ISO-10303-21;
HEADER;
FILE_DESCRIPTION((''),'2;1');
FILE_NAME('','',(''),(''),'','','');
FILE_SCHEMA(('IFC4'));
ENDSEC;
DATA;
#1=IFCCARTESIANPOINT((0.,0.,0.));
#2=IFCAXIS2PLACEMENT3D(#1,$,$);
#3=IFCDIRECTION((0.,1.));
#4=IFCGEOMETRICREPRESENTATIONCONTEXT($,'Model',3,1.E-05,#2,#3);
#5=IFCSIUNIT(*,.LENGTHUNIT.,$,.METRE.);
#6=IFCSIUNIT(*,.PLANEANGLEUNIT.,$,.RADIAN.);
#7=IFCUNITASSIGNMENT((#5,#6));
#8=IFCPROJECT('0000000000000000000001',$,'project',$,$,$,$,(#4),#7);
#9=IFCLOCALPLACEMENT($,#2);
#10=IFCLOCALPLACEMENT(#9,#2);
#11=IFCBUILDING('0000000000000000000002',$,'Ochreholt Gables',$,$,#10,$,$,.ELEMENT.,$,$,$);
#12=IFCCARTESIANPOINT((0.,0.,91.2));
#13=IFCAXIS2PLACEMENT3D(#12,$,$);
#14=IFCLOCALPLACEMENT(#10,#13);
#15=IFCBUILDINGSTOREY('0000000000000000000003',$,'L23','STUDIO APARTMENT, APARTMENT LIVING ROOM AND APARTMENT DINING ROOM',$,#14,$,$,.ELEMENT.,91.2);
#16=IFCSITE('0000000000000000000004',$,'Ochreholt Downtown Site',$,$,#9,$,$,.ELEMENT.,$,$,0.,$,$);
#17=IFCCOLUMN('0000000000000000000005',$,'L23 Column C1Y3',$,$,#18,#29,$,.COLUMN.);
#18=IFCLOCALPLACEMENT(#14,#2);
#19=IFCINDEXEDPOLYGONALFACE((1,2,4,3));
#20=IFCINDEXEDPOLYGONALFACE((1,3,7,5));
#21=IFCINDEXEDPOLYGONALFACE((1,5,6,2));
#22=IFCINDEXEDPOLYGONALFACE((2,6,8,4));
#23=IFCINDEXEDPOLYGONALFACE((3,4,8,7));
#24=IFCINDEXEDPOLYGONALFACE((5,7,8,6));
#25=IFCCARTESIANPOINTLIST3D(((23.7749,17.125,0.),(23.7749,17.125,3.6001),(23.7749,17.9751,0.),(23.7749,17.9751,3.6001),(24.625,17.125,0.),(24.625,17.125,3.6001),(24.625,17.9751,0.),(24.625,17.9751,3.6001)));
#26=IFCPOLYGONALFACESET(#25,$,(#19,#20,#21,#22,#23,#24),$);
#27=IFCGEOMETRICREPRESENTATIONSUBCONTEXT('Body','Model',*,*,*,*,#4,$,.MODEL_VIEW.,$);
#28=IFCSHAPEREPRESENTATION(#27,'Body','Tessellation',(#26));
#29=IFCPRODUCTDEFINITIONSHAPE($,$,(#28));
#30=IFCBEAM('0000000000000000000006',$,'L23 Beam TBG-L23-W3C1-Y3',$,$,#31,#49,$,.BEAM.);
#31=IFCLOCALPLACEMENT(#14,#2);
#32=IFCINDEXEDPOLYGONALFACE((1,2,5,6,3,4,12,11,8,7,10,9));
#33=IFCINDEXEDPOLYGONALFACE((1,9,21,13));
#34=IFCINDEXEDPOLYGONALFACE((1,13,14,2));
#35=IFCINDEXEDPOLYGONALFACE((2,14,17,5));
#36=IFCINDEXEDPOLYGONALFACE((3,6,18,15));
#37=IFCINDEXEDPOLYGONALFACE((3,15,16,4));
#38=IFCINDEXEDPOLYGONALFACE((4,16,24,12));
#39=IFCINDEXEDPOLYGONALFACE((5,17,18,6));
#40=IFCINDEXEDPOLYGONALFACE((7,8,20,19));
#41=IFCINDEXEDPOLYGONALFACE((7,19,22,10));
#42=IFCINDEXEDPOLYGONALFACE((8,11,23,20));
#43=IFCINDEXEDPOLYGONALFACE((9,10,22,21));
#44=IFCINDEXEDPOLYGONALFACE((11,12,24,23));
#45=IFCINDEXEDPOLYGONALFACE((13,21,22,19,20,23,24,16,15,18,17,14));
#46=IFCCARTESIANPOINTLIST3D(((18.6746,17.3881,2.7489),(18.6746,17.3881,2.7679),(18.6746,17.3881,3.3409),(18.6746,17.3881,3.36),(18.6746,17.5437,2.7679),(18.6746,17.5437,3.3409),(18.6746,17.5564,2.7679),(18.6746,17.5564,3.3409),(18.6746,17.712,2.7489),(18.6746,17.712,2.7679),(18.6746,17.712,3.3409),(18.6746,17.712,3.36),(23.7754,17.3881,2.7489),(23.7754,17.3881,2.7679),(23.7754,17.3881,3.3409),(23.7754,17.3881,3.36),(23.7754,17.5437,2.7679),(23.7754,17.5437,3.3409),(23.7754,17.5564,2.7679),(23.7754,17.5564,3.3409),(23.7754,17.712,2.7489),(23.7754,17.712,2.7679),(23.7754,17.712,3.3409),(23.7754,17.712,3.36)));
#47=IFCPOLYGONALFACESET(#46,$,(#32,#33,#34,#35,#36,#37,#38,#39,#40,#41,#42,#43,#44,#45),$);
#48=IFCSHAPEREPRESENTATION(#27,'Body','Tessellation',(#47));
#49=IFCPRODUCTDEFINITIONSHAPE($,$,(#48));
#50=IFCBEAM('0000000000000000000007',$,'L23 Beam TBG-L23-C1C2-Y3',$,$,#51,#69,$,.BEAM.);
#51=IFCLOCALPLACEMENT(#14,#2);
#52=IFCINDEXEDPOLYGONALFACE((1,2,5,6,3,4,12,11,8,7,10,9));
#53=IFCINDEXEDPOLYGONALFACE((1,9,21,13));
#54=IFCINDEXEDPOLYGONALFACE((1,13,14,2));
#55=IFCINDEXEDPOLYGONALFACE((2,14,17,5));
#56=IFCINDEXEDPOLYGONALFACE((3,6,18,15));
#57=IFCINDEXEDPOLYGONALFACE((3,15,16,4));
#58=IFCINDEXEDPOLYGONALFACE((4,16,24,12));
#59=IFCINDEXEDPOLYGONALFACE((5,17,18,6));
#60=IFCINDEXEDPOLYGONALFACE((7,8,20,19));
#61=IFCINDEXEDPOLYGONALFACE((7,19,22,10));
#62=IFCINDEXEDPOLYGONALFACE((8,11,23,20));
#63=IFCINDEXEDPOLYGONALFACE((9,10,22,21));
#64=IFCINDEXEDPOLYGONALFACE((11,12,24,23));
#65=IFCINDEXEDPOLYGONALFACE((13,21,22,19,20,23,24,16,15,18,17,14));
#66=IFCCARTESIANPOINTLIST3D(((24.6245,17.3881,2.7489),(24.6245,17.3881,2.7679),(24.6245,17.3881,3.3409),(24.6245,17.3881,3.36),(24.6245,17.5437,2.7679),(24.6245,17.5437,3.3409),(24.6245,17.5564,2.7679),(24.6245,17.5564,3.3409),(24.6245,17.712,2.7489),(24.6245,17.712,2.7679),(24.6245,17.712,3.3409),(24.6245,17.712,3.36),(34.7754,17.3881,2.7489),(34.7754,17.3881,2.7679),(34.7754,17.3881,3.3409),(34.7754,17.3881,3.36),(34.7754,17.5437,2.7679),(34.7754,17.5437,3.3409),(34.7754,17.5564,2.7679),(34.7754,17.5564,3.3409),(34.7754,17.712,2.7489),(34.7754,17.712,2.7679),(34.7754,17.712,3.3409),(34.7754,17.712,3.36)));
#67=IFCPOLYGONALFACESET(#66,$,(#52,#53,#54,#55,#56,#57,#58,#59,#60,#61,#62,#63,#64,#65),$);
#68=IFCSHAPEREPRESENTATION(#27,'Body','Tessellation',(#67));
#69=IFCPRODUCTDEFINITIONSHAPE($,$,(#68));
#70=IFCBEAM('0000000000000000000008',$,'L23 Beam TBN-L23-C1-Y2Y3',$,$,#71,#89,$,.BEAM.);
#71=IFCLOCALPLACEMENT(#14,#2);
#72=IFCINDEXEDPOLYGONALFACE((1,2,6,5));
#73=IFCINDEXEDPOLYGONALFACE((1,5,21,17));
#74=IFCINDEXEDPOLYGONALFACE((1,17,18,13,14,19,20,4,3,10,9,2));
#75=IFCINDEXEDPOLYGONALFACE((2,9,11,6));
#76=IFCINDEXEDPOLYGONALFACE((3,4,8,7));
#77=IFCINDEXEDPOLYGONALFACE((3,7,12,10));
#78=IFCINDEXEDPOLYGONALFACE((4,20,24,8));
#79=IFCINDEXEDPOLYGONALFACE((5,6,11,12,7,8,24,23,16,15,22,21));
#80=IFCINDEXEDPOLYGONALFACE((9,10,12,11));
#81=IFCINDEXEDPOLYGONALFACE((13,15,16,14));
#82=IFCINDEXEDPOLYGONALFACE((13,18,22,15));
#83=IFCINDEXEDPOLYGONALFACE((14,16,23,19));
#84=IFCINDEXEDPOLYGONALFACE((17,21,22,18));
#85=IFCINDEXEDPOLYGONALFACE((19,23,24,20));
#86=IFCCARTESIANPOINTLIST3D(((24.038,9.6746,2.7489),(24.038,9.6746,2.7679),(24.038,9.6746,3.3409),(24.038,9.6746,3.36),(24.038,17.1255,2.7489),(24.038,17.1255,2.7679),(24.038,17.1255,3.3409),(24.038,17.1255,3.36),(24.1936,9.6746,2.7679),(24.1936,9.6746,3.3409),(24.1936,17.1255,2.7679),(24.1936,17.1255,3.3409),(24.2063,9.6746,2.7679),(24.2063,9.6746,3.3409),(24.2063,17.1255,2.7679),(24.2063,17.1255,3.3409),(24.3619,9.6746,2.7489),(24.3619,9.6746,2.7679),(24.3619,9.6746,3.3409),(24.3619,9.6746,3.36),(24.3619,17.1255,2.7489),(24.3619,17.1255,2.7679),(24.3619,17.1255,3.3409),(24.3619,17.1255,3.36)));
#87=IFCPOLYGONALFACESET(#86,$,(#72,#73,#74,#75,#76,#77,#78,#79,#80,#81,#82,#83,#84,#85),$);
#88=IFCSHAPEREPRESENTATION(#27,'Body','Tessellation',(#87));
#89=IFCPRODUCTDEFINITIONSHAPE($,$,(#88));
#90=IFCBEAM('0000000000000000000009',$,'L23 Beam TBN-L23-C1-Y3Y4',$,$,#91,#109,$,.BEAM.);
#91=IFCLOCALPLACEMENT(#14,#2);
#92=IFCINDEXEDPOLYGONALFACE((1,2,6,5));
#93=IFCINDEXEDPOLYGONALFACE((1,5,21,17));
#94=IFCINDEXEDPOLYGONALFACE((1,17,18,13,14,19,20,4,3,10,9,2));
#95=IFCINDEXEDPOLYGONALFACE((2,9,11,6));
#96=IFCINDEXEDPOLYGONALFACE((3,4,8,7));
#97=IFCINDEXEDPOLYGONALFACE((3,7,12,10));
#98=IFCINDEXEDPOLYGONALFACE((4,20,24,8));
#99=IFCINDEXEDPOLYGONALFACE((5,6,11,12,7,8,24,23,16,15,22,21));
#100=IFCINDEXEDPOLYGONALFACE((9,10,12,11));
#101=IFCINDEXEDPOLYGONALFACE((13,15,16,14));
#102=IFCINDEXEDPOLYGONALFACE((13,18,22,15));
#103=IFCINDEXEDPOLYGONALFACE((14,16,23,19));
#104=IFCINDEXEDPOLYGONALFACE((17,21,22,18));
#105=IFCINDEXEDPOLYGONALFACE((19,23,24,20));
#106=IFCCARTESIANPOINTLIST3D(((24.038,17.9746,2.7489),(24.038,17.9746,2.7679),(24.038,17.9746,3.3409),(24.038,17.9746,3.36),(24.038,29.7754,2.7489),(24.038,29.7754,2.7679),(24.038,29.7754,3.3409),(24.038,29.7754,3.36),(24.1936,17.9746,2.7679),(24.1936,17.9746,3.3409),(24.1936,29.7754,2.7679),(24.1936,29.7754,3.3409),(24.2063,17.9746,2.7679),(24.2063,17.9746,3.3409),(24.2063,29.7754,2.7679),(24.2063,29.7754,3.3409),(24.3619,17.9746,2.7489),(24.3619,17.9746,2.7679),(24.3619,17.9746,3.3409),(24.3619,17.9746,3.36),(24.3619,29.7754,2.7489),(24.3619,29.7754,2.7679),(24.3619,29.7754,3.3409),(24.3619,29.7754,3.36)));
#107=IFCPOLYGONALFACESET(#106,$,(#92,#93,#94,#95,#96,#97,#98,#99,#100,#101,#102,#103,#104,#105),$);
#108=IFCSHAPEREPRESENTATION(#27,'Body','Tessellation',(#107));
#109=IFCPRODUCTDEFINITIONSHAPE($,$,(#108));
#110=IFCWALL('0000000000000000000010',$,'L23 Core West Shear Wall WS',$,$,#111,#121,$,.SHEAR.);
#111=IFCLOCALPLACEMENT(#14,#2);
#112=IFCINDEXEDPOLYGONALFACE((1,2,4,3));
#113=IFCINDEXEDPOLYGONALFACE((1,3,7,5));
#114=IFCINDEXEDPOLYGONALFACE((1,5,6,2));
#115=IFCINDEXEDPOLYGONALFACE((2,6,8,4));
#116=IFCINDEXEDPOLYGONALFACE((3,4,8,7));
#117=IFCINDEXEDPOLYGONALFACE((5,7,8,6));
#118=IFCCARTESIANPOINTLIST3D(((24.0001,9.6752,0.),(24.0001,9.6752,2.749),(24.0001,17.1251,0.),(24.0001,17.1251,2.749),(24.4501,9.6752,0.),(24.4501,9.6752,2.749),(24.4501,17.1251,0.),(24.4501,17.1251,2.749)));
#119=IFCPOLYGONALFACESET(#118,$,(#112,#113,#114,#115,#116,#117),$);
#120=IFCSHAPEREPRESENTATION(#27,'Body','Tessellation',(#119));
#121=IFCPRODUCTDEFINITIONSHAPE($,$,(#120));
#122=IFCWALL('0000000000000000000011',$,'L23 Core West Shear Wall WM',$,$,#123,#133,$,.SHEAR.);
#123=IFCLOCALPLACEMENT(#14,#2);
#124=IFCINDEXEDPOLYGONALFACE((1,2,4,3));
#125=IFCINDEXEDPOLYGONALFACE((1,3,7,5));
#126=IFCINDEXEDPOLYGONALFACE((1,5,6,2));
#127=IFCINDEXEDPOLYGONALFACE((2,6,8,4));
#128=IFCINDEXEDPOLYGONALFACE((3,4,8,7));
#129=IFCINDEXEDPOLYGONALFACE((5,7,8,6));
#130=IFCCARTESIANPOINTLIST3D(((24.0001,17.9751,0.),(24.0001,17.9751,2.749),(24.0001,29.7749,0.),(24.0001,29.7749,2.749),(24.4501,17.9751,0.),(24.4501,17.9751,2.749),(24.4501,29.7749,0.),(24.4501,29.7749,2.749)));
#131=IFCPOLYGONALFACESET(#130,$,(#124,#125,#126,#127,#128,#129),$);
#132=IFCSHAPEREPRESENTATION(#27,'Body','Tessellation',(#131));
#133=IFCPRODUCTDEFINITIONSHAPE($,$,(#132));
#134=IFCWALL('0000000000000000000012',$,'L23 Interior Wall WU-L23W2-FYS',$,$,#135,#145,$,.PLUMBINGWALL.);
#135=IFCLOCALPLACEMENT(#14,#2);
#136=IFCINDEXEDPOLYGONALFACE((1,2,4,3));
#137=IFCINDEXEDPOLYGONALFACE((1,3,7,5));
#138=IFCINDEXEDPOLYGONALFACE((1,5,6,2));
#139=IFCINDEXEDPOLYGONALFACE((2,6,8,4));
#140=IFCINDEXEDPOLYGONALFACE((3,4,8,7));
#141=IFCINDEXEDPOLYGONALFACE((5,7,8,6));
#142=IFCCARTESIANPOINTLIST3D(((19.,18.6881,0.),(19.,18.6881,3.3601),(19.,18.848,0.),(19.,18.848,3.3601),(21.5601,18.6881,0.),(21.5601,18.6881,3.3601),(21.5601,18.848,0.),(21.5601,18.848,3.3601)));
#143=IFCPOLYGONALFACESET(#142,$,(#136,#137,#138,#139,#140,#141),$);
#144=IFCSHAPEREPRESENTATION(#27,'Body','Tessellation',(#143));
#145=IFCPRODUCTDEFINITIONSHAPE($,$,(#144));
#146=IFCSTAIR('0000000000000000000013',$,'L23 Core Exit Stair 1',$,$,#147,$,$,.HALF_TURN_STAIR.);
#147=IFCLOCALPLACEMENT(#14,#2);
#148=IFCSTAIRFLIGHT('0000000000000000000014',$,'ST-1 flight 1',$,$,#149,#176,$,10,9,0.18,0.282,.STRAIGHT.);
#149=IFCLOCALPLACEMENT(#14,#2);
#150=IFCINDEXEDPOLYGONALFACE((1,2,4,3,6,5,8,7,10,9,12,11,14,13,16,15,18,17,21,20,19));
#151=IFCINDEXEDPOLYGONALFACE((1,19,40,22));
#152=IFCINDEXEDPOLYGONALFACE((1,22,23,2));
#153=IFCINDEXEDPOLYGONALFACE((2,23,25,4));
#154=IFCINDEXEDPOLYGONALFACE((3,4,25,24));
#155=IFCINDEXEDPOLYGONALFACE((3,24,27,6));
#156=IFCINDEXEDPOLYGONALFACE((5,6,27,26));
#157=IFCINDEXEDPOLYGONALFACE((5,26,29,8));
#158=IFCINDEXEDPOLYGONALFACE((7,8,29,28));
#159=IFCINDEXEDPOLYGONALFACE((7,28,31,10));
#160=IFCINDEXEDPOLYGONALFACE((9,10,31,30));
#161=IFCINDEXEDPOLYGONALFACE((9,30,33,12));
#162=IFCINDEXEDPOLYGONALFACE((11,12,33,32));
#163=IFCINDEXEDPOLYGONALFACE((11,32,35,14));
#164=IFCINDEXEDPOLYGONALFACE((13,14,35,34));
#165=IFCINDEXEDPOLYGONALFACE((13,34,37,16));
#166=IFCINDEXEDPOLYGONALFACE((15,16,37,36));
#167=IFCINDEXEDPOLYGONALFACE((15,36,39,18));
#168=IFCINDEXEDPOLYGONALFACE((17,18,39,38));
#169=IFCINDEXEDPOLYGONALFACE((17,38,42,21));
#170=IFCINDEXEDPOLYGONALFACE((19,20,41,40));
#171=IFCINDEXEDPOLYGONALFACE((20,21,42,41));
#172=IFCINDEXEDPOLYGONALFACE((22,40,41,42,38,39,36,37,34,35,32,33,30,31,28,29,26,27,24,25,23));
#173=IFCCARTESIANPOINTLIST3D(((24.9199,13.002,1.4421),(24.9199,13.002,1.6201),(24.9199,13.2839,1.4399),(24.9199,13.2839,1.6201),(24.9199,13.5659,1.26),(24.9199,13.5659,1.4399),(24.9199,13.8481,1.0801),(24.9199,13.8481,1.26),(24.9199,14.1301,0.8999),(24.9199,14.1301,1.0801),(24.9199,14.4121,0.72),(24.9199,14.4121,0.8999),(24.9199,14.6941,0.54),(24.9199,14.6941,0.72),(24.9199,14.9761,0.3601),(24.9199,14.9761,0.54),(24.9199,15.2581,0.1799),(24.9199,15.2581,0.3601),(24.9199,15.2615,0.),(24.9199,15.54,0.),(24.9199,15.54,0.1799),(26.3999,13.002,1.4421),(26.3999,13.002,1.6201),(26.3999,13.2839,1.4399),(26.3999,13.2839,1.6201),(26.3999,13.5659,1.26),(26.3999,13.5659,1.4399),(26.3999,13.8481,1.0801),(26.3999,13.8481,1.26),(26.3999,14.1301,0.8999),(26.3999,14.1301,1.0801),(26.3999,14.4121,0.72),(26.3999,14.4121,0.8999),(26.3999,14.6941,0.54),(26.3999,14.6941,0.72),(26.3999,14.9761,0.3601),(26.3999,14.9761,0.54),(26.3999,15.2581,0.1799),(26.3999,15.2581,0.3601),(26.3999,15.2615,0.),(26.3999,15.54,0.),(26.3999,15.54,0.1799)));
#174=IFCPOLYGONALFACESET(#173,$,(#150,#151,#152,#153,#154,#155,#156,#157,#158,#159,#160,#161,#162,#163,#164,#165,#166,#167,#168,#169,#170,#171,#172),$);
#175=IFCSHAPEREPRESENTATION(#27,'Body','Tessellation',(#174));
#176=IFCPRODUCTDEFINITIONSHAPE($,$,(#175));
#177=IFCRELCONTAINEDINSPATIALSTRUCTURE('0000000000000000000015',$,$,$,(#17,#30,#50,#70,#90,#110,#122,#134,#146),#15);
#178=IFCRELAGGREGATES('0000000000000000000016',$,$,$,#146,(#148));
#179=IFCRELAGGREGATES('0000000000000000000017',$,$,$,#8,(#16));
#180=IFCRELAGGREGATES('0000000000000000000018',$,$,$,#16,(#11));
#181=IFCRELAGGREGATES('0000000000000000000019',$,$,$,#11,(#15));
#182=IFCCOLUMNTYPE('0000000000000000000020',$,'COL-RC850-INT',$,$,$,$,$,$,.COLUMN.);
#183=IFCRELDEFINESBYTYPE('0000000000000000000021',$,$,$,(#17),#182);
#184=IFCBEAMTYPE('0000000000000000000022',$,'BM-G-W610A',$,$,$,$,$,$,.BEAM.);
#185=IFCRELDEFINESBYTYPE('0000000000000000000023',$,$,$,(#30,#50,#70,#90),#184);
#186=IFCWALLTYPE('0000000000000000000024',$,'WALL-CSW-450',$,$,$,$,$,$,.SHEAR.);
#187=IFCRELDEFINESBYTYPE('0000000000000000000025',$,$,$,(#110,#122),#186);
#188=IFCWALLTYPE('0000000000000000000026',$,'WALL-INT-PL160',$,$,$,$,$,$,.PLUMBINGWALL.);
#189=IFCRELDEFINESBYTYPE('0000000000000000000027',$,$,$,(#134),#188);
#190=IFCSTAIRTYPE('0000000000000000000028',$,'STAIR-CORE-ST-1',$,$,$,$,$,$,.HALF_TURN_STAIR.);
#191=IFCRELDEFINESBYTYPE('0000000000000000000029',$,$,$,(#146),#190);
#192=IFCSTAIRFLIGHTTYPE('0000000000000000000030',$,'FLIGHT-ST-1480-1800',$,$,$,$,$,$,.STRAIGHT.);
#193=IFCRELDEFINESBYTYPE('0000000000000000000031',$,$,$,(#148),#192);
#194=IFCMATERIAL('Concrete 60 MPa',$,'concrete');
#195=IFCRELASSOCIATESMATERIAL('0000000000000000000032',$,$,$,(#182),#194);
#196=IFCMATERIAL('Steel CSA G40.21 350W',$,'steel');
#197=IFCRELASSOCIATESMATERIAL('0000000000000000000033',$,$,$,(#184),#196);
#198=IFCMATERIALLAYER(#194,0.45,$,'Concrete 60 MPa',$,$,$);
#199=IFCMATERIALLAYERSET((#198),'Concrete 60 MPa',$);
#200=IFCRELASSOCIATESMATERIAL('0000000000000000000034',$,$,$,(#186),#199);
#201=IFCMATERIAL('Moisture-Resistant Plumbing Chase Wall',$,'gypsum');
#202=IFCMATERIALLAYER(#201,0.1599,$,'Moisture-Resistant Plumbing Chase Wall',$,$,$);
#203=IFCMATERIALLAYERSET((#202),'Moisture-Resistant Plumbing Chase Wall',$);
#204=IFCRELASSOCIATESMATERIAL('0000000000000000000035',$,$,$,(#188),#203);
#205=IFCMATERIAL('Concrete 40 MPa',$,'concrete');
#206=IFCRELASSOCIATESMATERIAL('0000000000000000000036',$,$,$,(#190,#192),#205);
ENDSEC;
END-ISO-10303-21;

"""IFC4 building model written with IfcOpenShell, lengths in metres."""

from ifc_helpers import new_model, si_unit, direction, frame, frame_2d, origin, origin_2d, place, context, subcontext, project, spatial, polyline, rectangle, i_section, outline, extrude, material, layer, layer_set, material_profile, profile_set, type_object, element, aggregate, save


model = new_model("IFC4")

# Units and contexts
model_context = context("Model", 3, precision=1e-05, world=origin(), true_north=direction((0.0, 1.0)))
body_context = subcontext(model_context, "Body", "Model", "MODEL_VIEW")
ifc_project = project(units=[si_unit("LENGTHUNIT", "METRE"), si_unit("PLANEANGLEUNIT", "RADIAN")], contexts=[model_context])

# Site, building, storey
site_placement = place(None, origin())
site = spatial("IfcSite", under=ifc_project, at=site_placement, Name="Ochreholt Downtown Site", CompositionType="ELEMENT", RefElevation=0.0)
building_placement = place(site_placement, origin())
building = spatial("IfcBuilding", under=site, at=building_placement, Name="Ochreholt Gables", CompositionType="ELEMENT")
storey_placement = place(building_placement, frame((0.0, 0.0, 91.2)))
storey = spatial("IfcBuildingStorey", under=building, at=storey_placement, Name="L23", Description="STUDIO APARTMENT, APARTMENT LIVING ROOM AND APARTMENT DINING ROOM", CompositionType="ELEMENT", Elevation=91.2)

# Column
ifc_material_1 = material(Name="Concrete 60 MPa", Category="concrete")
ifc_material_profile_1 = material_profile(ifc_material_1, rectangle(XDim=0.8501, YDim=0.8501, at=origin_2d()), Name="RC850X850")
ifc_profile_set_1 = profile_set([ifc_material_profile_1], Name="Concrete 60 MPa")
column_type = type_object("IfcColumnType", Name="COL-RC850-INT", PredefinedType="COLUMN", material=ifc_profile_set_1)
column_placement = place(storey_placement, frame((24.2, 17.55, 0.0), z_axis=(0.0, 0.0, 1.0), x_axis=(1.0, 0.0, 0.0)))
element("IfcColumn", 1, at=column_placement, inside=storey, type_object=column_type, Name="L23 Column C1Y3", PredefinedType="COLUMN", context=body_context, shape_type="SweptSolid", body=[
    extrude(rectangle(XDim=0.8501, YDim=0.8501, at=origin_2d()), origin(), (0.0, 0.0, 1.0), 3.6001),
])

# Beams
ifc_material_2 = material(Name="Steel CSA G40.21 350W", Category="steel")
ifc_material_profile_2 = material_profile(ifc_material_2, i_section(OverallWidth=0.324, OverallDepth=0.6111, WebThickness=0.0127, FlangeThickness=0.019, at=origin_2d()), Name="W610X155")
ifc_profile_set_2 = profile_set([ifc_material_profile_2], Name="Steel CSA G40.21 350W")
beam_type = type_object("IfcBeamType", Name="BM-G-W610A", PredefinedType="BEAM", material=ifc_profile_set_2)
beam_1_placement = place(storey_placement, frame((18.6746, 17.55, 3.0544), z_axis=(1.0, 0.0, 0.0), x_axis=(0.0, 1.0, 0.0)))
element("IfcBeam", 2, at=beam_1_placement, inside=storey, type_object=beam_type, Name="L23 Beam TBG-L23-W3C1-Y3", PredefinedType="BEAM", context=body_context, shape_type="SweptSolid", body=[
    extrude(i_section(OverallWidth=0.324, OverallDepth=0.6111, WebThickness=0.0127, FlangeThickness=0.019, at=origin_2d()), origin(), (0.0, 0.0, 1.0), 5.1008),
])
beam_2_placement = place(storey_placement, frame((24.6245, 17.55, 3.0544), z_axis=(1.0, 0.0, 0.0), x_axis=(0.0, 1.0, 0.0)))
element("IfcBeam", 3, at=beam_2_placement, inside=storey, type_object=beam_type, Name="L23 Beam TBG-L23-C1C2-Y3", PredefinedType="BEAM", context=body_context, shape_type="SweptSolid", body=[
    extrude(i_section(OverallWidth=0.324, OverallDepth=0.6111, WebThickness=0.0127, FlangeThickness=0.019, at=origin_2d()), origin(), (0.0, 0.0, 1.0), 10.1509),
])
beam_3_placement = place(storey_placement, frame((24.2, 9.6746, 3.0544), z_axis=(0.0, 1.0, 0.0), x_axis=(-1.0, 0.0, 0.0)))
element("IfcBeam", 4, at=beam_3_placement, inside=storey, type_object=beam_type, Name="L23 Beam TBN-L23-C1-Y2Y3", PredefinedType="BEAM", context=body_context, shape_type="SweptSolid", body=[
    extrude(i_section(OverallWidth=0.324, OverallDepth=0.6111, WebThickness=0.0127, FlangeThickness=0.019, at=origin_2d()), origin(), (0.0, 0.0, 1.0), 7.4509),
])
beam_4_placement = place(storey_placement, frame((24.2, 17.9746, 3.0544), z_axis=(0.0, 1.0, 0.0), x_axis=(-1.0, 0.0, 0.0)))
element("IfcBeam", 5, at=beam_4_placement, inside=storey, type_object=beam_type, Name="L23 Beam TBN-L23-C1-Y3Y4", PredefinedType="BEAM", context=body_context, shape_type="SweptSolid", body=[
    extrude(i_section(OverallWidth=0.324, OverallDepth=0.6111, WebThickness=0.0127, FlangeThickness=0.019, at=origin_2d()), origin(), (0.0, 0.0, 1.0), 11.8008),
])

# Walls
ifc_layer_1 = layer(ifc_material_1, 0.45, Name="Concrete 60 MPa")
ifc_layer_set_1 = layer_set([ifc_layer_1], Name="Concrete 60 MPa")
wall_type_1 = type_object("IfcWallType", Name="WALL-CSW-450", PredefinedType="SHEAR", material=ifc_layer_set_1)
wall_1_placement = place(storey_placement, frame((24.2251, 9.675, 0.0), z_axis=(0.0, 0.0, 1.0), x_axis=(0.0, 1.0, 0.0)))
element("IfcWall", 6, at=wall_1_placement, inside=storey, type_object=wall_type_1, Name="L23 Core West Shear Wall WS", PredefinedType="SHEAR", context=body_context, shape_type="SweptSolid", body=[
    extrude(rectangle(XDim=7.45, YDim=0.45, at=frame_2d((3.7251, 0.0))), origin(), (0.0, 0.0, 1.0), 2.749),
])
wall_2_placement = place(storey_placement, frame((24.2251, 17.9751, 0.0), z_axis=(0.0, 0.0, 1.0), x_axis=(0.0, 1.0, 0.0)))
element("IfcWall", 7, at=wall_2_placement, inside=storey, type_object=wall_type_1, Name="L23 Core West Shear Wall WM", PredefinedType="SHEAR", context=body_context, shape_type="SweptSolid", body=[
    extrude(rectangle(XDim=11.7998, YDim=0.45, at=frame_2d((5.8999, 0.0))), origin(), (0.0, 0.0, 1.0), 2.749),
])
ifc_material_3 = material(Name="Moisture-Resistant Plumbing Chase Wall", Category="gypsum")
ifc_layer_2 = layer(ifc_material_3, 0.1599, Name="Moisture-Resistant Plumbing Chase Wall")
ifc_layer_set_2 = layer_set([ifc_layer_2], Name="Moisture-Resistant Plumbing Chase Wall")
wall_type_2 = type_object("IfcWallType", Name="WALL-INT-PL160", PredefinedType="PLUMBINGWALL", material=ifc_layer_set_2)
wall_3_placement = place(storey_placement, frame((19.0, 18.7681, 0.0), z_axis=(0.0, 0.0, 1.0), x_axis=(1.0, 0.0, 0.0)))
element("IfcWall", 8, at=wall_3_placement, inside=storey, type_object=wall_type_2, Name="L23 Interior Wall WU-L23W2-FYS", PredefinedType="PLUMBINGWALL", context=body_context, shape_type="SweptSolid", body=[
    extrude(rectangle(XDim=2.5601, YDim=0.1599, at=frame_2d((1.28, 0.0))), origin(), (0.0, 0.0, 1.0), 3.3601),
])

# Stair, stair flight
ifc_material_4 = material(Name="Concrete 40 MPa", Category="concrete")
stair_type = type_object("IfcStairType", Name="STAIR-CORE-ST-1", PredefinedType="HALF_TURN_STAIR", material=ifc_material_4)
stair_placement = place(storey_placement, origin())
stair = element("IfcStair", 9, at=stair_placement, inside=storey, type_object=stair_type, Name="L23 Core Exit Stair 1", PredefinedType="HALF_TURN_STAIR")
stair_flight_type = type_object("IfcStairFlightType", Name="FLIGHT-ST-1480-1800", PredefinedType="STRAIGHT", material=ifc_material_4)
stair_flight_placement = place(storey_placement, frame((25.6599, 15.54, 0.0), z_axis=(0.0, 0.0, 1.0), x_axis=(0.0, -1.0, 0.0)))
stair_flight = element("IfcStairFlight", 10, at=stair_flight_placement, type_object=stair_flight_type, Name="ST-1 flight 1", NumberOfRisers=10, NumberOfTreads=9, PredefinedType="STRAIGHT", RiserHeight=0.18, TreadLength=0.282, context=body_context, shape_type="SweptSolid", body=[
    extrude(outline(polyline([(0.0, 0.0), (0.0, 0.1799), (0.282, 0.1799), (0.282, 0.3601), (0.564, 0.3601), (0.564, 0.54), (0.8459, 0.54), (0.8459, 0.72), (1.1279, 0.72), (1.1279, 0.8999), (1.4099, 0.8999), (1.4099, 1.0801), (1.6919, 1.0801), (1.6919, 1.26), (1.9741, 1.26), (1.9741, 1.4399), (2.2561, 1.4399), (2.2561, 1.6201), (2.5381, 1.6201), (2.5381, 1.8), (2.5381, 1.4421), (0.2786, 0.0), (0.0, 0.0)])), frame((0.0, 0.74, 0.0), z_axis=(0.0, -1.0, 0.0), x_axis=(1.0, 0.0, 0.0)), (0.0, 0.0, 1.0), 1.48),
])
aggregate(stair, [stair_flight])

save(model, "model.ifc")
